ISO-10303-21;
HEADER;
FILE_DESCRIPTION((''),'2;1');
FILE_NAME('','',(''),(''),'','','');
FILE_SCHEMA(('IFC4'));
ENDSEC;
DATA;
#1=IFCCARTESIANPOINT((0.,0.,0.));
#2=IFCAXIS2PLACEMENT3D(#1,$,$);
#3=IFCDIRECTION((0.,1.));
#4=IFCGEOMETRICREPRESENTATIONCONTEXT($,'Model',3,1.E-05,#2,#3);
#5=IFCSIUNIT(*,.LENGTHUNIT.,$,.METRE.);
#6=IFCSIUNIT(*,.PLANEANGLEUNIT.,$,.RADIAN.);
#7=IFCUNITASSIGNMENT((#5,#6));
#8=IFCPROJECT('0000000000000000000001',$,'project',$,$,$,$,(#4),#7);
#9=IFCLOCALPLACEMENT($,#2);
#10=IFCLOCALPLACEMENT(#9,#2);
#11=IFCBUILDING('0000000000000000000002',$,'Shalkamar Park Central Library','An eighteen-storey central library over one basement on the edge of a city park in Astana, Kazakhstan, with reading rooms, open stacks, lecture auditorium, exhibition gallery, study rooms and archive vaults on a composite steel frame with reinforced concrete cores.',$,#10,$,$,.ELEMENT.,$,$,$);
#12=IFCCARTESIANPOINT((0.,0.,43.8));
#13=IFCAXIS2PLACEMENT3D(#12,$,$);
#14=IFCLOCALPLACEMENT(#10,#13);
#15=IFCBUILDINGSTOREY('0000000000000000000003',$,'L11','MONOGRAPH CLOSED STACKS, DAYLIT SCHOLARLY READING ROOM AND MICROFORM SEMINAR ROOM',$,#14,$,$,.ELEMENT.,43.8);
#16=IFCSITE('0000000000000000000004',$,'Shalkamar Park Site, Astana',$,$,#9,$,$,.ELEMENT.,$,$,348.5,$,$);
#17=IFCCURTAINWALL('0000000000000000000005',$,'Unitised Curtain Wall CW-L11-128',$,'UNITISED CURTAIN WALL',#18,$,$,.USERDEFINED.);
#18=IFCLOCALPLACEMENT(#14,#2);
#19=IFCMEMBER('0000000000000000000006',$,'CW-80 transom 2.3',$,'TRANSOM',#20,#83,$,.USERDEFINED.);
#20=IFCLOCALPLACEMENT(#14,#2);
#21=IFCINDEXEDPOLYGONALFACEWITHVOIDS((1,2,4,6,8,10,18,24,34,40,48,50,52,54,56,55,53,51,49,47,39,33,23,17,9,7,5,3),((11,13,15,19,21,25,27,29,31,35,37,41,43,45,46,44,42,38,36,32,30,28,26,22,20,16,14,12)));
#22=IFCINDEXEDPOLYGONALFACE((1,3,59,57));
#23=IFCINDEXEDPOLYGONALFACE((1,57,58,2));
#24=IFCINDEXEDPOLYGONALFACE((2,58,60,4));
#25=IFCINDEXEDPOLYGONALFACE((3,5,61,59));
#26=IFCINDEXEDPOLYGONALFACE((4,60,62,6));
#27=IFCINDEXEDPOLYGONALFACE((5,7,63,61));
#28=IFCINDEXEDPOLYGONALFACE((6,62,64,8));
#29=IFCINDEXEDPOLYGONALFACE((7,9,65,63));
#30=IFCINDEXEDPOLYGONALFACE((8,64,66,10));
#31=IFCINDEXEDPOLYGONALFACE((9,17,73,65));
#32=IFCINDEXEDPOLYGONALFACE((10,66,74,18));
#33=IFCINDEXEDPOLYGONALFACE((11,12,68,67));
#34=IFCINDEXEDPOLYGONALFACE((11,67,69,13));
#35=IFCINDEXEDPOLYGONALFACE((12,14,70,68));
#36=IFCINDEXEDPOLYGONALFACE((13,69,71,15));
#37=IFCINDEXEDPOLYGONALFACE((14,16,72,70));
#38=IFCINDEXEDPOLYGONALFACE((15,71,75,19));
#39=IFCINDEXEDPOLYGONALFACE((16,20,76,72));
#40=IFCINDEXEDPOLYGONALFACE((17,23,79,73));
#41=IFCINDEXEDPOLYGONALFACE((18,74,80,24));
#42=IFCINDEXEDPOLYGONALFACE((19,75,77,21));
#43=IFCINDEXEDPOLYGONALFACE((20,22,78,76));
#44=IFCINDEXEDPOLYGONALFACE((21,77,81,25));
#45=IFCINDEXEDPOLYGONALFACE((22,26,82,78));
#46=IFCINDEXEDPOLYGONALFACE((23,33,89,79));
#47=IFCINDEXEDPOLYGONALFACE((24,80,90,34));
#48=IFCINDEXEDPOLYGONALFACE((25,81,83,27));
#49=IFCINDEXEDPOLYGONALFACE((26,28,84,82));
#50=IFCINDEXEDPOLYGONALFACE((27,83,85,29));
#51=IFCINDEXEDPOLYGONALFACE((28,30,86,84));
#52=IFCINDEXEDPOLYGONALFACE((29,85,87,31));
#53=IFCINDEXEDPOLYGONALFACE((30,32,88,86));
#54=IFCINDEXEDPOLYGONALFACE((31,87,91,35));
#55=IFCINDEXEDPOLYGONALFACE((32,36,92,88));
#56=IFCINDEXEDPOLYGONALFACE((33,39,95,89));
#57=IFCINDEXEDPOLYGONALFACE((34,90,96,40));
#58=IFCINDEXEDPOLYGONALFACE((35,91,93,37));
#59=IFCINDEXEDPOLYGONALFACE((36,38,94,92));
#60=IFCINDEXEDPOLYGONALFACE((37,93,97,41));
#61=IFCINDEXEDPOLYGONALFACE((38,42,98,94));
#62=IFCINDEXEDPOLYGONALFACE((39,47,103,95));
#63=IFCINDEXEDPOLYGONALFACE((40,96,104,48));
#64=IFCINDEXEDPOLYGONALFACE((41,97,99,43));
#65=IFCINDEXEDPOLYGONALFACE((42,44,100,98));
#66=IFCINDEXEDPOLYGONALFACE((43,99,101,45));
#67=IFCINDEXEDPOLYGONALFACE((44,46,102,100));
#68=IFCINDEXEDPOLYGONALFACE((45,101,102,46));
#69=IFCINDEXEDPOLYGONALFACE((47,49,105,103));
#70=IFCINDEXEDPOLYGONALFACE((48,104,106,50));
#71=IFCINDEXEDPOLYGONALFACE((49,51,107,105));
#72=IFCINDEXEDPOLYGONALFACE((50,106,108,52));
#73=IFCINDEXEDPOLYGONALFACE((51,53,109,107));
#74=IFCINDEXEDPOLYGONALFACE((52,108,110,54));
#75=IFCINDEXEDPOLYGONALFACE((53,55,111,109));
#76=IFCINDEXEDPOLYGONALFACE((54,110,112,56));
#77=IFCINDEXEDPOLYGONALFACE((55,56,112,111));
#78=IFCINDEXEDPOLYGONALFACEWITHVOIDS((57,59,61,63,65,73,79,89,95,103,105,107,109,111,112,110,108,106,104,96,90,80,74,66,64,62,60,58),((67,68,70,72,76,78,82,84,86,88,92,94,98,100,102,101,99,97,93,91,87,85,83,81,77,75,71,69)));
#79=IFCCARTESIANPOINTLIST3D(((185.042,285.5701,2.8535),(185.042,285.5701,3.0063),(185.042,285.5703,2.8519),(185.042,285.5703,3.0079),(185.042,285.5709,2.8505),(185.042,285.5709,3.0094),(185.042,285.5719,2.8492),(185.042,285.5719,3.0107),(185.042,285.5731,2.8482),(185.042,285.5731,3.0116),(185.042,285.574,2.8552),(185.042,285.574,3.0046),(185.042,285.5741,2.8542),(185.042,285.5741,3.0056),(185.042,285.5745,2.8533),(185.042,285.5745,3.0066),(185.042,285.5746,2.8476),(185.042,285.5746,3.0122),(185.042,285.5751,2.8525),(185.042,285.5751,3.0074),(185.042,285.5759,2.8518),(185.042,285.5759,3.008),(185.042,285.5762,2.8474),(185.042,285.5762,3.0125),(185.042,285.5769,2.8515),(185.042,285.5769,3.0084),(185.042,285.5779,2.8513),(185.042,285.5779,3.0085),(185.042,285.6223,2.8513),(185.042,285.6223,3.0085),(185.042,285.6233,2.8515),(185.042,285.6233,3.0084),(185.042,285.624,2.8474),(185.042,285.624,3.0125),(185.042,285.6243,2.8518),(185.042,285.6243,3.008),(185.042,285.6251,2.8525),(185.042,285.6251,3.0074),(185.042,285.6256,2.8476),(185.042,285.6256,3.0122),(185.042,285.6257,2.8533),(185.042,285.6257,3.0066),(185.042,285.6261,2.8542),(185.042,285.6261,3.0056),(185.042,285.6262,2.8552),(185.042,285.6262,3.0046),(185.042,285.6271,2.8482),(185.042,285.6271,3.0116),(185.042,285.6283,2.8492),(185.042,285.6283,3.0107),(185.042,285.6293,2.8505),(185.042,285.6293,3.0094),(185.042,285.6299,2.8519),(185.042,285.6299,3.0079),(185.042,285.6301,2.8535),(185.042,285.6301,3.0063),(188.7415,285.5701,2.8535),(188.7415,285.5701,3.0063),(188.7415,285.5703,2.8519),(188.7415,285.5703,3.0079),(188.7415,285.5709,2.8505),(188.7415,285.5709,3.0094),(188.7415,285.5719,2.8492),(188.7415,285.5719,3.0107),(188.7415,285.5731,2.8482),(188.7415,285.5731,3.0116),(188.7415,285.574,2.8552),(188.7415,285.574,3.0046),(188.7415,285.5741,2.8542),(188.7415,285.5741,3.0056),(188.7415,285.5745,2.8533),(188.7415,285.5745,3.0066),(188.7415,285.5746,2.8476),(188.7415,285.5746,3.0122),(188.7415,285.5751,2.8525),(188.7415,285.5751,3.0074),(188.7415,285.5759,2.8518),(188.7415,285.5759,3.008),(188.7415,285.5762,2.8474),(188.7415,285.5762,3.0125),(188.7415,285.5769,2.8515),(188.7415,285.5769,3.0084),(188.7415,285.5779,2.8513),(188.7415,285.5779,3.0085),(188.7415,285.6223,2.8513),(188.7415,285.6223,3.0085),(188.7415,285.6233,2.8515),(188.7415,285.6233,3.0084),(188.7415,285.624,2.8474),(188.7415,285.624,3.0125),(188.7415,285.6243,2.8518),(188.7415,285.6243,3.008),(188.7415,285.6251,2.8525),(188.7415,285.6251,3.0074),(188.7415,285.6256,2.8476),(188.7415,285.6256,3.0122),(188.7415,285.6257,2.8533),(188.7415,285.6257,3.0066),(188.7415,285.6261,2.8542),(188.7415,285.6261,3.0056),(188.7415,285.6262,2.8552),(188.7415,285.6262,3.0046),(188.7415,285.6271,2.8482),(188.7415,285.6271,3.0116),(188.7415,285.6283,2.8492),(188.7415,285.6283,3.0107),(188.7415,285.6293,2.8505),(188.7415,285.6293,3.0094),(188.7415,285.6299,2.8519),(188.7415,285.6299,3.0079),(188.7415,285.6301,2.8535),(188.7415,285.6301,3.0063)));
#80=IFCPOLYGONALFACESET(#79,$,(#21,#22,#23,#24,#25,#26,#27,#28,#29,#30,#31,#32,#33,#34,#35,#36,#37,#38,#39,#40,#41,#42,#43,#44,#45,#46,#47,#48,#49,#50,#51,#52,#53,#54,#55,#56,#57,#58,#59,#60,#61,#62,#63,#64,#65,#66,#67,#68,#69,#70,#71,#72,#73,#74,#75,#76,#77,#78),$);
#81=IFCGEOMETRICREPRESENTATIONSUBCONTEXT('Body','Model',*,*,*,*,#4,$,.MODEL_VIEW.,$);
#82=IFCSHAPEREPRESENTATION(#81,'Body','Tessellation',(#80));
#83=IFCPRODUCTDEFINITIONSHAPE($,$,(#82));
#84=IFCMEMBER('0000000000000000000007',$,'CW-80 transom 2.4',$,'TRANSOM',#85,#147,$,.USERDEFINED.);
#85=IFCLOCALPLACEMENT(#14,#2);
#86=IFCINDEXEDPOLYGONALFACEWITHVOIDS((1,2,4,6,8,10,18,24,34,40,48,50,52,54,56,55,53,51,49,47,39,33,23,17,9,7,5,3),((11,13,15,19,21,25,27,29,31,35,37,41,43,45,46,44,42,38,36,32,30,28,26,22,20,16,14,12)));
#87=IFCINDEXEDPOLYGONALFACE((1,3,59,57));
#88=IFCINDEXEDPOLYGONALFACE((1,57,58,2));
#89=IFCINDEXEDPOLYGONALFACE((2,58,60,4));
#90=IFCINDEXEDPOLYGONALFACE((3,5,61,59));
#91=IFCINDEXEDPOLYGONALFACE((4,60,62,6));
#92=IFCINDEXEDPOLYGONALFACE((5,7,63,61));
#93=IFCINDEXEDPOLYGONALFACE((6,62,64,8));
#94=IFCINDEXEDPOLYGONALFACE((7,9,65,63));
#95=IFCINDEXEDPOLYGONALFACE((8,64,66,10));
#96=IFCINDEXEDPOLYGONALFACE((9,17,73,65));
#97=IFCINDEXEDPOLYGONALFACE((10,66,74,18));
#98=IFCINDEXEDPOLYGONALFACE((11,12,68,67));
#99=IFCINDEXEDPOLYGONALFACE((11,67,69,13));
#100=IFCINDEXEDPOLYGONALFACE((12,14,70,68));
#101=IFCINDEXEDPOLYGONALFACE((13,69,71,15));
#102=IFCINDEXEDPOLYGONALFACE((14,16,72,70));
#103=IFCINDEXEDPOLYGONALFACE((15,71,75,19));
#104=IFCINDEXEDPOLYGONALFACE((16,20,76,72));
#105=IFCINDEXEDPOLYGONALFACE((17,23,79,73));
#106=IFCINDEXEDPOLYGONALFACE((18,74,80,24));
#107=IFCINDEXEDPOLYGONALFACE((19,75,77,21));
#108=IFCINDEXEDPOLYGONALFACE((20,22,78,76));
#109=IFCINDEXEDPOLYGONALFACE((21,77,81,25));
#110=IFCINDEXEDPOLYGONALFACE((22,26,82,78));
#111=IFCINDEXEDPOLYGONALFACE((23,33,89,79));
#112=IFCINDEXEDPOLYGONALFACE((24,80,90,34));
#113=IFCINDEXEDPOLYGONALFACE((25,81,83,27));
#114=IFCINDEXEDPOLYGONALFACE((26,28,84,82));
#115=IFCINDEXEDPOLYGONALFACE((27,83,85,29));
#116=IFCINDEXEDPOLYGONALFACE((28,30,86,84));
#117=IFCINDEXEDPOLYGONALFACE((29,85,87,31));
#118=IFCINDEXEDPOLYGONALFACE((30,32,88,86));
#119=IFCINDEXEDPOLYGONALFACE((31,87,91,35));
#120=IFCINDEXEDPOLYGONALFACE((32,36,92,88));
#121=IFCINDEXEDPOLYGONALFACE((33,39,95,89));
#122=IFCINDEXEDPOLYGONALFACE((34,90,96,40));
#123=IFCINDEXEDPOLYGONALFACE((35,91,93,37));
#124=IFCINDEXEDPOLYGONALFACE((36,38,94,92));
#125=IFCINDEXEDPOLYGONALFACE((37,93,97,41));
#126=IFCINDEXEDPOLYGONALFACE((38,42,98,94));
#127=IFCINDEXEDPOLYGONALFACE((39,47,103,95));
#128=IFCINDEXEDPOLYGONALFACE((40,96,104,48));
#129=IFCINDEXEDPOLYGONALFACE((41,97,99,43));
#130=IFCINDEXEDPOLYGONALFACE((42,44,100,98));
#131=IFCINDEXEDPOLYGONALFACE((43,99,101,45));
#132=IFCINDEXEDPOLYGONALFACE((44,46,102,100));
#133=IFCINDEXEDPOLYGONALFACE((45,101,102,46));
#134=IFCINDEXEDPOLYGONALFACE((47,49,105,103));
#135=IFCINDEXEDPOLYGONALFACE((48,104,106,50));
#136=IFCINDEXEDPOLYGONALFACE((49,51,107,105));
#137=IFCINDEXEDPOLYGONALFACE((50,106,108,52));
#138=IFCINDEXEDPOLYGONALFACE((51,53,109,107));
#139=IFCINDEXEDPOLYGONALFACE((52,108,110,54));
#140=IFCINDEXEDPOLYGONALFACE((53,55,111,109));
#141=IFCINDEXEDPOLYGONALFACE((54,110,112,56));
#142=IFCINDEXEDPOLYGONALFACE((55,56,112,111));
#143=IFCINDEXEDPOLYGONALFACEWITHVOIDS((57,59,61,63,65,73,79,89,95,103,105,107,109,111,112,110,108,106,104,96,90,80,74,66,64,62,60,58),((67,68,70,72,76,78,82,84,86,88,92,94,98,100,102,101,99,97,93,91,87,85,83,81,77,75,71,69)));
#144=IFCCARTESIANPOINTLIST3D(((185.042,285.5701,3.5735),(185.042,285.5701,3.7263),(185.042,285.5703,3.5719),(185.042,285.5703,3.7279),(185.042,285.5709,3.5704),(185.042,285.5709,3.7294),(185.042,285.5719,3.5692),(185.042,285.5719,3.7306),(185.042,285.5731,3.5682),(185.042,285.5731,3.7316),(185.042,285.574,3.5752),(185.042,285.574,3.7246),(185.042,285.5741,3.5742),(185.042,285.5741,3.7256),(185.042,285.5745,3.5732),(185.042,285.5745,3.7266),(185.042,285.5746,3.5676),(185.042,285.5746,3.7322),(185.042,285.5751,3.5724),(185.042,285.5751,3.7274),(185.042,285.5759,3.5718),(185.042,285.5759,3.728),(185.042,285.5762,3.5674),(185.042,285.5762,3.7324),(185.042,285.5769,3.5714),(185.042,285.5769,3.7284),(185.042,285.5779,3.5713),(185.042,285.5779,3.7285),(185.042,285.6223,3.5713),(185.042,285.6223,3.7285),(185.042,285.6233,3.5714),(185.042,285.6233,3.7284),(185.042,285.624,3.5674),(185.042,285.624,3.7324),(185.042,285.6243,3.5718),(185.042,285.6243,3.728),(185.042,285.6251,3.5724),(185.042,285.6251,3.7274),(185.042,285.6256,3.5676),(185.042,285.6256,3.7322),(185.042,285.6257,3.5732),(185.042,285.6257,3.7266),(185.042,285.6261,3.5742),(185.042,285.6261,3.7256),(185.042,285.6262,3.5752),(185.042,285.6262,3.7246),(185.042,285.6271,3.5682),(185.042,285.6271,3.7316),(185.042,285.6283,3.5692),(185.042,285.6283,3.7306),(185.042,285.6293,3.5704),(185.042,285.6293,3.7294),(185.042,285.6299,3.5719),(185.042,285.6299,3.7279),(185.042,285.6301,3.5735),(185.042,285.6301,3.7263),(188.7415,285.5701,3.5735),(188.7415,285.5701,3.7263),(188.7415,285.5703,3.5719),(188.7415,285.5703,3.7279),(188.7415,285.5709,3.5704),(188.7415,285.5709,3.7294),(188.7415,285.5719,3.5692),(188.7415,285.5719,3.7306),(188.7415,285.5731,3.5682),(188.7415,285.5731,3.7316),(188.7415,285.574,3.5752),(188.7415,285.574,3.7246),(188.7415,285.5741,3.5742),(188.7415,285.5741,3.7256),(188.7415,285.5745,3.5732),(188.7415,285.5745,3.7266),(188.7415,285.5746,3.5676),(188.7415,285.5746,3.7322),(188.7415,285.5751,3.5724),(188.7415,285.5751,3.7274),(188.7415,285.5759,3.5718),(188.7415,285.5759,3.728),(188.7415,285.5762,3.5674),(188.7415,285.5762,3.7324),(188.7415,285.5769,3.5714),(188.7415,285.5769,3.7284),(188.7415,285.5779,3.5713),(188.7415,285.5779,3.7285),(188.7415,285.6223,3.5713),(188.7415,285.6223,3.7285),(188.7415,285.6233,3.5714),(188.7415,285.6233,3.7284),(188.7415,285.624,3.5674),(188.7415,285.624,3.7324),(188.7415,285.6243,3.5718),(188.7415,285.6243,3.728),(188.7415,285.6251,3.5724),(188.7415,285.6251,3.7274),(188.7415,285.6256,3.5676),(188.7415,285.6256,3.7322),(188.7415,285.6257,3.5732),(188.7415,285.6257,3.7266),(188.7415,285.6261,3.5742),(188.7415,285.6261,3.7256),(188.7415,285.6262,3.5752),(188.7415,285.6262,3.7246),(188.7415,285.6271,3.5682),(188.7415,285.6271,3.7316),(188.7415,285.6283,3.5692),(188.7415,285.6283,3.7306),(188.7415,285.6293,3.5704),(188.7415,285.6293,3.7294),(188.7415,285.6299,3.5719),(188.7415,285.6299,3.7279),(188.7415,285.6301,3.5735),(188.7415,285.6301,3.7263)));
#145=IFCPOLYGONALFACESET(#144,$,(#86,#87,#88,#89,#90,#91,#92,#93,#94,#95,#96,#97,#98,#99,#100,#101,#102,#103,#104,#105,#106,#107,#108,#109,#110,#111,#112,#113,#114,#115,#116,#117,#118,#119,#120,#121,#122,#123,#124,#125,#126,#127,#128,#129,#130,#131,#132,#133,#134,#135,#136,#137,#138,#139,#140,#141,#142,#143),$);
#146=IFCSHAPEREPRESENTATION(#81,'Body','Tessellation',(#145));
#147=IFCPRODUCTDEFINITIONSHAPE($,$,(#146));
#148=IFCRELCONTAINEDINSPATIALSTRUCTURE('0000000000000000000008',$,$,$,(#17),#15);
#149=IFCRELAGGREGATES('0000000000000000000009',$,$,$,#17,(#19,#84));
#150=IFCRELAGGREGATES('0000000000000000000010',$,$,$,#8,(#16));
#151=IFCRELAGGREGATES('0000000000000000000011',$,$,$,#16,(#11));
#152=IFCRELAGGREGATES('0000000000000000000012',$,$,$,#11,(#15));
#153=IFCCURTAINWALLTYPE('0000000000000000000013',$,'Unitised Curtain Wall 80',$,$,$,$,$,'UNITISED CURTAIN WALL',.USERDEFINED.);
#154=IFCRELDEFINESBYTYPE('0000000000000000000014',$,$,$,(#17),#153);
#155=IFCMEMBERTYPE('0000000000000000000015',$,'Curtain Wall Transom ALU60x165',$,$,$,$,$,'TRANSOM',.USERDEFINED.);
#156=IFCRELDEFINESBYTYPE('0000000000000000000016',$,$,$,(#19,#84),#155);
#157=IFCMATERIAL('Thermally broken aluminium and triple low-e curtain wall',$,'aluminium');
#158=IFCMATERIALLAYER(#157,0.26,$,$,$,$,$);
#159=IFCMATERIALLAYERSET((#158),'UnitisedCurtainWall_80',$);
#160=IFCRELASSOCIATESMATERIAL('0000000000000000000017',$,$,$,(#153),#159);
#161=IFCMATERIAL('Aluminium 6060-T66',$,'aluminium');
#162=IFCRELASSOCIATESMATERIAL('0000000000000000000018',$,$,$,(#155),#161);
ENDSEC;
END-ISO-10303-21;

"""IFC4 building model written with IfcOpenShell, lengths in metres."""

from ifc_helpers import new_model, si_unit, direction, frame, origin, origin_2d, place, context, subcontext, project, spatial, hollow_rectangle, extrude, material, layer, layer_set, material_profile, profile_set, type_object, element, aggregate, save


model = new_model("IFC4")

# Units and contexts
model_context = context("Model", 3, precision=1e-05, world=origin(), true_north=direction((0.0, 1.0)))
body_context = subcontext(model_context, "Body", "Model", "MODEL_VIEW")
ifc_project = project(units=[si_unit("LENGTHUNIT", "METRE"), si_unit("PLANEANGLEUNIT", "RADIAN")], contexts=[model_context])

# Site, building, storey
site_placement = place(None, origin())
site = spatial("IfcSite", under=ifc_project, at=site_placement, Name="Shalkamar Park Site, Astana", CompositionType="ELEMENT", RefElevation=348.5)
building_placement = place(site_placement, origin())
building = spatial("IfcBuilding", under=site, at=building_placement, Name="Shalkamar Park Central Library", Description="An eighteen-storey central library over one basement on the edge of a city park in Astana, Kazakhstan, with reading rooms, open stacks, lecture auditorium, exhibition gallery, study rooms and archive vaults on a composite steel frame with reinforced concrete cores.", CompositionType="ELEMENT")
storey_placement = place(building_placement, frame((0.0, 0.0, 43.8)))
storey = spatial("IfcBuildingStorey", under=building, at=storey_placement, Name="L11", Description="MONOGRAPH CLOSED STACKS, DAYLIT SCHOLARLY READING ROOM AND MICROFORM SEMINAR ROOM", CompositionType="ELEMENT", Elevation=43.8)

# Curtain wall
ifc_material_1 = material(Name="Thermally broken aluminium and triple low-e curtain wall", Category="aluminium")
ifc_layer_1 = layer(ifc_material_1, 0.26)
ifc_layer_set_1 = layer_set([ifc_layer_1], Name="UnitisedCurtainWall_80")
curtain_wall_type_1 = type_object("IfcCurtainWallType", Name="Unitised Curtain Wall 80", ElementType="UNITISED CURTAIN WALL", PredefinedType="USERDEFINED", material=ifc_layer_set_1)
curtain_wall_1_placement = place(storey_placement, origin())
curtain_wall_1 = element("IfcCurtainWall", 1, at=curtain_wall_1_placement, inside=storey, type_object=curtain_wall_type_1, Name="Unitised Curtain Wall CW-L11-128", ObjectType="UNITISED CURTAIN WALL", PredefinedType="USERDEFINED")
ifc_material_2 = material(Name="Aluminium 6060-T66", Category="aluminium")

# Members
ifc_material_profile_1 = material_profile(ifc_material_2, hollow_rectangle(XDim=0.0601, YDim=0.165, WallThickness=0.0039, InnerFilletRadius=0.0039, OuterFilletRadius=0.0061, at=origin_2d()), Name="ALU 60x165x4")
ifc_profile_set_1 = profile_set([ifc_material_profile_1], Name="Aluminium 6060-T66")
member_type_1 = type_object("IfcMemberType", Name="Curtain Wall Transom ALU60x165", ElementType="TRANSOM", PredefinedType="USERDEFINED", material=ifc_profile_set_1)
member_1_placement = place(storey_placement, frame((185.042, 285.6001, 2.9299), z_axis=(1.0, 0.0, 0.0), x_axis=(0.0, 1.0, 0.0)))
member_1 = element("IfcMember", 2, at=member_1_placement, type_object=member_type_1, Name="CW-80 transom 2.3", ObjectType="TRANSOM", PredefinedType="USERDEFINED", context=body_context, shape_type="SweptSolid", body=[
    extrude(hollow_rectangle(XDim=0.0601, YDim=0.165, WallThickness=0.0039, InnerFilletRadius=0.0039, OuterFilletRadius=0.0061, at=origin_2d()), origin(), (0.0, 0.0, 1.0), 3.6995),
])
member_2_placement = place(storey_placement, frame((185.042, 285.6001, 3.6499), z_axis=(1.0, 0.0, 0.0), x_axis=(0.0, 1.0, 0.0)))
member_2 = element("IfcMember", 3, at=member_2_placement, type_object=member_type_1, Name="CW-80 transom 2.4", ObjectType="TRANSOM", PredefinedType="USERDEFINED", context=body_context, shape_type="SweptSolid", body=[
    extrude(hollow_rectangle(XDim=0.0601, YDim=0.165, WallThickness=0.0039, InnerFilletRadius=0.0039, OuterFilletRadius=0.0061, at=origin_2d()), origin(), (0.0, 0.0, 1.0), 3.6995),
])

aggregate(curtain_wall_1, [member_1, member_2])

save(model, "model.ifc")
